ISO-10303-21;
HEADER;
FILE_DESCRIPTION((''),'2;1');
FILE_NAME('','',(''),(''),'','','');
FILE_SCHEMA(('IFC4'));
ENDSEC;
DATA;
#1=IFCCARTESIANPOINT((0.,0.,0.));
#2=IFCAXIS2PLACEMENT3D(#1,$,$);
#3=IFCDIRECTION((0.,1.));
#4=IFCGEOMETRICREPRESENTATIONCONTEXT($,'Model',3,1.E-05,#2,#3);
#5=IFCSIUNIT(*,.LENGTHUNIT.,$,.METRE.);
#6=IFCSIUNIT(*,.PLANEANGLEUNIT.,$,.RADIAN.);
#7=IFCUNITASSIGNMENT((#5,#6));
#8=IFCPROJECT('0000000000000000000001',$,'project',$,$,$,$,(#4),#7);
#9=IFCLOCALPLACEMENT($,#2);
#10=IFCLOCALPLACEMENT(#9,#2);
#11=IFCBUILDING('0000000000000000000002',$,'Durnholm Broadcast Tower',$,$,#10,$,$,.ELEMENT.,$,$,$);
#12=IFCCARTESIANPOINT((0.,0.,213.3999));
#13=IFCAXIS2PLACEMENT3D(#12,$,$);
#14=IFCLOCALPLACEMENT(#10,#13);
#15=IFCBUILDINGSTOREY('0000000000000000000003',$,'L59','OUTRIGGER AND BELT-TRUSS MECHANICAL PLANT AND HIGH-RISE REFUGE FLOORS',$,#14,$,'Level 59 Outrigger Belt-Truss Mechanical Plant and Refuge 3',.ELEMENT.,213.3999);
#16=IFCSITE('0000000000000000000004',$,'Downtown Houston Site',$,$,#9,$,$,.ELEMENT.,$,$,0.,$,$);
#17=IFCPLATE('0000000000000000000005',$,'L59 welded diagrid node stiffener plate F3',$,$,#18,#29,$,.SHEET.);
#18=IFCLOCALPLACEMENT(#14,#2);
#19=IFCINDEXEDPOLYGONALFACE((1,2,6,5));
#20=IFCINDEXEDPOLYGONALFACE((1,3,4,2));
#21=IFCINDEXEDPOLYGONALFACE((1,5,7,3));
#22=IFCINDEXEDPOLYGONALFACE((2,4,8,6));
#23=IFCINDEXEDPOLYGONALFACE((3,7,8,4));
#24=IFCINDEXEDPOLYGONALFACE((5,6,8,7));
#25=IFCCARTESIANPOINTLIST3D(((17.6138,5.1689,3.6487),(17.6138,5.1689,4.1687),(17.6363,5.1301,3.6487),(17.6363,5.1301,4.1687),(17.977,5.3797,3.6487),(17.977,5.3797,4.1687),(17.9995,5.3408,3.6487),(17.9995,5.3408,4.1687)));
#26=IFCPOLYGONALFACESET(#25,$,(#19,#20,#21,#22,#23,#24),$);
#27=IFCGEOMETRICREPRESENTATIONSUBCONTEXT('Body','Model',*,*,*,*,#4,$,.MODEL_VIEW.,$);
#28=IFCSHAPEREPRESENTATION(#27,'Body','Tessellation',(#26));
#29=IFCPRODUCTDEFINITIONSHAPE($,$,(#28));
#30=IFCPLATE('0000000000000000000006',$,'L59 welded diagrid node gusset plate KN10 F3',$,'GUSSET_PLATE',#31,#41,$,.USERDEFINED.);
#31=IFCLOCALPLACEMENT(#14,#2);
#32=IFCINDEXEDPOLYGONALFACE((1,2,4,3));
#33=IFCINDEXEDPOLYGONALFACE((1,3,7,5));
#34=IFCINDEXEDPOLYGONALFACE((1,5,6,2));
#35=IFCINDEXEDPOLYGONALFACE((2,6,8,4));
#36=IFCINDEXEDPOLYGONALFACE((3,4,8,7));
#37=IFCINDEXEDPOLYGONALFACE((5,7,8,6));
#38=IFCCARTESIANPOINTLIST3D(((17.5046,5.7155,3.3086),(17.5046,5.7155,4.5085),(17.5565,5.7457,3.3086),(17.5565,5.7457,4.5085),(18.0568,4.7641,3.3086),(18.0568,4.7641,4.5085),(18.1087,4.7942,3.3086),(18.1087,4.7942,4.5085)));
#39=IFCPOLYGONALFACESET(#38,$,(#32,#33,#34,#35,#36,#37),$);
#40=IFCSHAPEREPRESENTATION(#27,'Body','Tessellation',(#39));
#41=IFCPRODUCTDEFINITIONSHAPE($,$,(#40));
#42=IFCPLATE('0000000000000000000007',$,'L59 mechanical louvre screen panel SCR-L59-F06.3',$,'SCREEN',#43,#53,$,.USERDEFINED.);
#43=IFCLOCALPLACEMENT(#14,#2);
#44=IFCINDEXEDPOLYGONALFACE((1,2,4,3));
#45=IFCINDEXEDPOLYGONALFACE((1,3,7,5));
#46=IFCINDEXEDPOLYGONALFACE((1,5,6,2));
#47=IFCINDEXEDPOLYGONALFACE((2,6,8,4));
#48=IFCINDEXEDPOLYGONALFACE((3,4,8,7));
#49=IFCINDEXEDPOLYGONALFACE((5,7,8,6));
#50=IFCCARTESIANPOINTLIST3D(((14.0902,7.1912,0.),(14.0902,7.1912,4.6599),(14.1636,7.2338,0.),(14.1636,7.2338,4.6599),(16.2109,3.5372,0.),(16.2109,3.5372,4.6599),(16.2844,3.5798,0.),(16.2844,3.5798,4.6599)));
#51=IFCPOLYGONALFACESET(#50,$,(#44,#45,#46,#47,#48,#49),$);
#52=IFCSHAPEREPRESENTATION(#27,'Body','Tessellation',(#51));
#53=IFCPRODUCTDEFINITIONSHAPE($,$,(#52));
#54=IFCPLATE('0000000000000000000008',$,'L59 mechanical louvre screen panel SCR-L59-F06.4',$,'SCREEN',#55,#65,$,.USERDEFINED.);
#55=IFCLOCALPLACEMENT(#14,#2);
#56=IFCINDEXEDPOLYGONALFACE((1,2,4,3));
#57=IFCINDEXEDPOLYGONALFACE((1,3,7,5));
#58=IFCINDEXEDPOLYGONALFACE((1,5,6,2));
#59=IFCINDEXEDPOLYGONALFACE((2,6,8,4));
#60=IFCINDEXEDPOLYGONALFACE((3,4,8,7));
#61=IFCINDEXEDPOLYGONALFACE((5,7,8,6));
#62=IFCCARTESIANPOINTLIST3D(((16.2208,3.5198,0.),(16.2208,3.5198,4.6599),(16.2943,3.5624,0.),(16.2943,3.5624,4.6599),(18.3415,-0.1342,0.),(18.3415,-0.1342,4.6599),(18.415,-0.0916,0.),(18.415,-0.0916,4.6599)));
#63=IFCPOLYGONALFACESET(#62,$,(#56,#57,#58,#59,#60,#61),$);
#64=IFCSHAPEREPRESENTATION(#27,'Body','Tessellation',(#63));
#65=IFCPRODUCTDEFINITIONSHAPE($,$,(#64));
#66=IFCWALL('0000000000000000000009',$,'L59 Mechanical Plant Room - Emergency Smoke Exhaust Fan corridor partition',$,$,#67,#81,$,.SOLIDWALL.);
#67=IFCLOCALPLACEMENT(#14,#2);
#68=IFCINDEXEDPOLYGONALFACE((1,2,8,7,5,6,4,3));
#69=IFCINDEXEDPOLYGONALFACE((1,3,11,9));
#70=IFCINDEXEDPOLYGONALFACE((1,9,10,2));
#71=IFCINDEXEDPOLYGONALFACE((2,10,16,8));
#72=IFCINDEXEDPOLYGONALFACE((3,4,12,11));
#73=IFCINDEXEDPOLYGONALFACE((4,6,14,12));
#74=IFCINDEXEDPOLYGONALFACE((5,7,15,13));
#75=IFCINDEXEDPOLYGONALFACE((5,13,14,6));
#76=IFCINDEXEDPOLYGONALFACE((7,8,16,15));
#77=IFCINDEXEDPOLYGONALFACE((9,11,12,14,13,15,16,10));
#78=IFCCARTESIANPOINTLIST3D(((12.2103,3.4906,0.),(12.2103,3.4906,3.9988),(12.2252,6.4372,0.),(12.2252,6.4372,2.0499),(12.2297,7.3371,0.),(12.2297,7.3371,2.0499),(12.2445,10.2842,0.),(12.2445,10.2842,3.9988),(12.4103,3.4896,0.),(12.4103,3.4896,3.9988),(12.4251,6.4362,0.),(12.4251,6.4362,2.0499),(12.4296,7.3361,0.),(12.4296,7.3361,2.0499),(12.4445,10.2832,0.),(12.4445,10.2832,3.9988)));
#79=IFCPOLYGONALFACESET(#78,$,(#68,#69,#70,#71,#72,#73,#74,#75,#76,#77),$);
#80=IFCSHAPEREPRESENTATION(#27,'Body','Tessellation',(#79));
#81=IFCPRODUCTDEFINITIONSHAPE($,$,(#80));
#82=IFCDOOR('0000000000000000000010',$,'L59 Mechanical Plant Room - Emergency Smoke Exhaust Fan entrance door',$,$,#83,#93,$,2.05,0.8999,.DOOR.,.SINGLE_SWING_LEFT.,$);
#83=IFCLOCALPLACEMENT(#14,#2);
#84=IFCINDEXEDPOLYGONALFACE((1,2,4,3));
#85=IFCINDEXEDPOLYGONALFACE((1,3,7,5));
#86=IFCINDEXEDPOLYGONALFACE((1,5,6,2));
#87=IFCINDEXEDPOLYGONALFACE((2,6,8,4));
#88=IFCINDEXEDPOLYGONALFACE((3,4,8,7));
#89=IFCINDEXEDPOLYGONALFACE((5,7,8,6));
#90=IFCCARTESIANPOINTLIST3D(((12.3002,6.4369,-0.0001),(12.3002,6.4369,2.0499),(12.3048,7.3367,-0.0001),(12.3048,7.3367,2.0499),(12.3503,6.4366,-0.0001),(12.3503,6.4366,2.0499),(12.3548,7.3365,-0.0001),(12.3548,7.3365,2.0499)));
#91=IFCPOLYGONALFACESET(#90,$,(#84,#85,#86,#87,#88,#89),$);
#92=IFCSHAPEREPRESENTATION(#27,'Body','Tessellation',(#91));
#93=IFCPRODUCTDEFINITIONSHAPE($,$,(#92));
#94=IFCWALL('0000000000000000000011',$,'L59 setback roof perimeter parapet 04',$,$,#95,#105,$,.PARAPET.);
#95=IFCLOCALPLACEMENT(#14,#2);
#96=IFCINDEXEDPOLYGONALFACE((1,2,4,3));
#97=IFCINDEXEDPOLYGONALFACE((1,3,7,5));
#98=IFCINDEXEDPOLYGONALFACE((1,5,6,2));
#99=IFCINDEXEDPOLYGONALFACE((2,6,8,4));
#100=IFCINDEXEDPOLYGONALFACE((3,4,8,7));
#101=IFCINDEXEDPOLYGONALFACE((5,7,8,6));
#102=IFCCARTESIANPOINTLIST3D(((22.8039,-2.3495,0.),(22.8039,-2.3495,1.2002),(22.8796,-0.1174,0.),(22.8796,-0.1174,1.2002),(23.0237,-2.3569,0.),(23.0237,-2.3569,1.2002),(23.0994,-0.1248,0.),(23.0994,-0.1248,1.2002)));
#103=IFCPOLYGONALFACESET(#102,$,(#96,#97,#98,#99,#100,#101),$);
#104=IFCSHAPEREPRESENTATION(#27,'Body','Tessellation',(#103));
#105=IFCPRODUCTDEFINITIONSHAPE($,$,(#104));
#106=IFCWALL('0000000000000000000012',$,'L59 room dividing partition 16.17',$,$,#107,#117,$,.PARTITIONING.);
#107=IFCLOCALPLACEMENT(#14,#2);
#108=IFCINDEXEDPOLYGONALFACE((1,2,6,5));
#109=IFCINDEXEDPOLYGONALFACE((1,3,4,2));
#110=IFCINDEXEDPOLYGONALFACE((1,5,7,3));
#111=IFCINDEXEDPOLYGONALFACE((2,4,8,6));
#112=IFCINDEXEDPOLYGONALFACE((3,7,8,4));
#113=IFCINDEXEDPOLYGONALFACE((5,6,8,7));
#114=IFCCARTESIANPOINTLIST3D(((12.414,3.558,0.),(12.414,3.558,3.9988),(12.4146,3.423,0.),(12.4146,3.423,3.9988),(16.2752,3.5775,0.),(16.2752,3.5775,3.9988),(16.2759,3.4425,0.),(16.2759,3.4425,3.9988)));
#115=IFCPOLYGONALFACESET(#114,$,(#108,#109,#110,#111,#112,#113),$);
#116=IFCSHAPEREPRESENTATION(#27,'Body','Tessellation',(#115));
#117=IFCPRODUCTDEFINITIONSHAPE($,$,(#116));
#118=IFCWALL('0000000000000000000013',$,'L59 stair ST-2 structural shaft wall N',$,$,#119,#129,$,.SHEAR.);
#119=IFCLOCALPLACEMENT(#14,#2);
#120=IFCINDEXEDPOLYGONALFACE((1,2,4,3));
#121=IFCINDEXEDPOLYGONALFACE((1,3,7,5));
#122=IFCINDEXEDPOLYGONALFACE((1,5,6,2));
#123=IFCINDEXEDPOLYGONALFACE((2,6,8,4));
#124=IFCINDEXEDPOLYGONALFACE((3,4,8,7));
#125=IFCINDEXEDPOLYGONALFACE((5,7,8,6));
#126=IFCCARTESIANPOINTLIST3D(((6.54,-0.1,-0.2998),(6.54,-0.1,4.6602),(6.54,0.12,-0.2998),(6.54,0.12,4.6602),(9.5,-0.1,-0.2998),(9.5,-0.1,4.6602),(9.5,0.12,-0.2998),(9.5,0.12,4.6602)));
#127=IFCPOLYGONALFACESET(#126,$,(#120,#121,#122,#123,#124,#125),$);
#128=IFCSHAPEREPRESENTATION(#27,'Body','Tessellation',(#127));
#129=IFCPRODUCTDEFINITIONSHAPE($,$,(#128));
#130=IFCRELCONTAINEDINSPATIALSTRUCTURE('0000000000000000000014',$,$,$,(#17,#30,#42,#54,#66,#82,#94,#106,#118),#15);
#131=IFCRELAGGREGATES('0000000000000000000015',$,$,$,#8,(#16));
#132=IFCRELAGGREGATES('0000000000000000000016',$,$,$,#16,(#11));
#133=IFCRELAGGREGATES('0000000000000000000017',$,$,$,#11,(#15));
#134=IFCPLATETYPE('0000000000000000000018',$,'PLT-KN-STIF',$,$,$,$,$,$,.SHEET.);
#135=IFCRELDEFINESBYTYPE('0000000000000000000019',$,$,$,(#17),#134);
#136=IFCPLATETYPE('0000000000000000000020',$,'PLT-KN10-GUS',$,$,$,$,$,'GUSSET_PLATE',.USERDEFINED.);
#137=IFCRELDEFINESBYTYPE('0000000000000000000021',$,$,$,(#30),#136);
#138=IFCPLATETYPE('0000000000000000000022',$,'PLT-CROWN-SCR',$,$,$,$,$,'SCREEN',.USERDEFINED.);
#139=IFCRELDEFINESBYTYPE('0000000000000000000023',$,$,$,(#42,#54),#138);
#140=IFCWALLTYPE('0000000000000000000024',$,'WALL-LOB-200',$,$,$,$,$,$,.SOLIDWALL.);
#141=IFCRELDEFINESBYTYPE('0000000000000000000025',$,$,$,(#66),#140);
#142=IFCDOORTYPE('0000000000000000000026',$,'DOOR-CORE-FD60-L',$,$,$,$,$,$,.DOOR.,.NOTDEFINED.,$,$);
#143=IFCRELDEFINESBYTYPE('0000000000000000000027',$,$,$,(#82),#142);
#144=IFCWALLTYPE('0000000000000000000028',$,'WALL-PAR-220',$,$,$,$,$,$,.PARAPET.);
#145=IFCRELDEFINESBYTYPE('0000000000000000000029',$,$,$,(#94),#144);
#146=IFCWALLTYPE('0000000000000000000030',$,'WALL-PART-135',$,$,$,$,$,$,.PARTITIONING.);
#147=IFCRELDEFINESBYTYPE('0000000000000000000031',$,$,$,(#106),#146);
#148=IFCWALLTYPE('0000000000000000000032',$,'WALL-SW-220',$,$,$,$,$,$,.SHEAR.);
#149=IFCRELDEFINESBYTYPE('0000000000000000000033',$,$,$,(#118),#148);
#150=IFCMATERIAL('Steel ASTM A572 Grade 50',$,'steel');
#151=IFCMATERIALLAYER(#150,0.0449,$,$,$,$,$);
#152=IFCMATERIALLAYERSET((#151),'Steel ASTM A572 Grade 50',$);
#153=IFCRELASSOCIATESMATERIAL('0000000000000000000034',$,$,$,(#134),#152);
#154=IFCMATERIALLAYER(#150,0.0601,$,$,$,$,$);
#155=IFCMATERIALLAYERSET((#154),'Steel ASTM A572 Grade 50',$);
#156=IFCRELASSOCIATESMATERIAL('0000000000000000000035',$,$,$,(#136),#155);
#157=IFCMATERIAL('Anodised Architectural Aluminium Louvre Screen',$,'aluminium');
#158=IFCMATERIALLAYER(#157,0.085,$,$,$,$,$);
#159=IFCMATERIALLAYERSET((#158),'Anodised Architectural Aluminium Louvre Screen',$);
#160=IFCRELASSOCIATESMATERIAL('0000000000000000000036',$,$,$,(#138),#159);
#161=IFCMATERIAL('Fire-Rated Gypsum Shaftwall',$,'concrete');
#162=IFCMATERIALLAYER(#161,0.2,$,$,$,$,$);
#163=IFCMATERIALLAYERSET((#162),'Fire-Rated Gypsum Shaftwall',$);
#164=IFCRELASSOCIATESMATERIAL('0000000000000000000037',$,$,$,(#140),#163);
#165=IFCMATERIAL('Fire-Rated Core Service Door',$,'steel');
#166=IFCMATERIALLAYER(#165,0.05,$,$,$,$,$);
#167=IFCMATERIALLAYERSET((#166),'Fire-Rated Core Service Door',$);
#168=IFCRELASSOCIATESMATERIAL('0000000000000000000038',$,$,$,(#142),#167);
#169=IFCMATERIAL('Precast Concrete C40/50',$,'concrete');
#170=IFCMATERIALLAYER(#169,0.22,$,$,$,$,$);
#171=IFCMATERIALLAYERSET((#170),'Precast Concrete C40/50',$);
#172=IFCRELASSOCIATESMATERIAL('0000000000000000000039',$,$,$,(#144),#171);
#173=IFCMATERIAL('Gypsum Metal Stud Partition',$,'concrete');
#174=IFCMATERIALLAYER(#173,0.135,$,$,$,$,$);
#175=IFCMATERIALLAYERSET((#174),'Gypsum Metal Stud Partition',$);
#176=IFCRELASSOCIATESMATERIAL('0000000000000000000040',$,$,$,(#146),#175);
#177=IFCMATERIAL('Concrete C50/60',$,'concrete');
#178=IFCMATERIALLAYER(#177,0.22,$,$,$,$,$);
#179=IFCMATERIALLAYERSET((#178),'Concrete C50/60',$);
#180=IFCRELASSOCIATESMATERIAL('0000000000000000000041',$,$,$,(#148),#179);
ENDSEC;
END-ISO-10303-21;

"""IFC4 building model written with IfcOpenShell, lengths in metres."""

from ifc_helpers import new_model, si_unit, direction, frame, frame_2d, origin, origin_2d, place, context, subcontext, project, spatial, rectangle, extrude, source, transform, mapped, material, layer, layer_set, type_object, type_shapes, element, fill, save


model = new_model("IFC4")

# Units and contexts
model_context = context("Model", 3, precision=1e-05, world=origin(), true_north=direction((0.0, 1.0)))
body_context = subcontext(model_context, "Body", "Model", "MODEL_VIEW")
ifc_project = project(units=[si_unit("LENGTHUNIT", "METRE"), si_unit("PLANEANGLEUNIT", "RADIAN")], contexts=[model_context])

# Site, building, storey
site_placement = place(None, origin())
site = spatial("IfcSite", under=ifc_project, at=site_placement, Name="Downtown Houston Site", CompositionType="ELEMENT", RefElevation=0.0)
building_placement = place(site_placement, origin())
building = spatial("IfcBuilding", under=site, at=building_placement, Name="Durnholm Broadcast Tower", CompositionType="ELEMENT")
storey_placement = place(building_placement, frame((0.0, 0.0, 213.3999)))
storey = spatial("IfcBuildingStorey", under=building, at=storey_placement, Name="L59", Description="OUTRIGGER AND BELT-TRUSS MECHANICAL PLANT AND HIGH-RISE REFUGE FLOORS", LongName="Level 59 Outrigger Belt-Truss Mechanical Plant and Refuge 3", CompositionType="ELEMENT", Elevation=213.3999)

# Plates
ifc_material_1 = material(Name="Steel ASTM A572 Grade 50", Category="steel")
ifc_layer_1 = layer(ifc_material_1, 0.0449)
ifc_layer_set_1 = layer_set([ifc_layer_1], Name="Steel ASTM A572 Grade 50")
plate_type_1 = type_object("IfcPlateType", Name="PLT-KN-STIF", PredefinedType="SHEET", material=ifc_layer_set_1)
shared_shape_1 = source(origin(), body_context, "Body", "SweptSolid", [
    extrude(rectangle(XDim=0.0449, YDim=0.4199, at=origin_2d()), origin(), (0.0, 0.0, 1.0), 0.52),
])
type_shapes(plate_type_1, [shared_shape_1])
plate_1_placement = place(storey_placement, frame((17.8066, 5.2549, 3.6487), z_axis=(0.0, 0.0, 1.0), x_axis=(-0.501964, 0.864889, 0.0)))
element("IfcPlate", 1, at=plate_1_placement, inside=storey, type_object=plate_type_1, Name="L59 welded diagrid node stiffener plate F3", PredefinedType="SHEET", context=body_context, shape_type="MappedRepresentation", body=[
    mapped(shared_shape_1, transform((0.0, 0.0, 0.0), x_axis=(1.0, 0.0, 0.0), y_axis=(0.0, 1.0, 0.0), z_axis=(0.0, 0.0, 1.0), scale=1.0)),
])
ifc_layer_2 = layer(ifc_material_1, 0.0601)
ifc_layer_set_2 = layer_set([ifc_layer_2], Name="Steel ASTM A572 Grade 50")
plate_type_2 = type_object("IfcPlateType", Name="PLT-KN10-GUS", ElementType="GUSSET_PLATE", PredefinedType="USERDEFINED", material=ifc_layer_set_2)
shared_shape_2 = source(origin(), body_context, "Body", "SweptSolid", [
    extrude(rectangle(XDim=1.1001, YDim=0.0601, at=origin_2d()), origin(), (0.0, 0.0, 1.0), 1.2),
])
type_shapes(plate_type_2, [shared_shape_2])
plate_2_placement = place(storey_placement, frame((17.8066, 5.2549, 3.3086), z_axis=(0.0, 0.0, 1.0), x_axis=(-0.501964, 0.864889, 0.0)))
element("IfcPlate", 2, at=plate_2_placement, inside=storey, type_object=plate_type_2, Name="L59 welded diagrid node gusset plate KN10 F3", ObjectType="GUSSET_PLATE", PredefinedType="USERDEFINED", context=body_context, shape_type="MappedRepresentation", body=[
    mapped(shared_shape_2, transform((0.0, 0.0, 0.0), x_axis=(1.0, 0.0, 0.0), y_axis=(0.0, 1.0, 0.0), z_axis=(0.0, 0.0, 1.0), scale=1.0)),
])
ifc_material_2 = material(Name="Anodised Architectural Aluminium Louvre Screen", Category="aluminium")
ifc_layer_3 = layer(ifc_material_2, 0.085)
ifc_layer_set_3 = layer_set([ifc_layer_3], Name="Anodised Architectural Aluminium Louvre Screen")
plate_type_3 = type_object("IfcPlateType", Name="PLT-CROWN-SCR", ElementType="SCREEN", PredefinedType="USERDEFINED", material=ifc_layer_set_3)
shared_shape_3 = source(origin(), body_context, "Body", "SweptSolid", [
    extrude(rectangle(XDim=4.2249, YDim=0.085, at=origin_2d()), origin(), (0.0, 0.0, 1.0), 4.6599),
])
type_shapes(plate_type_3, [shared_shape_3])
for number, where, z_axis, x_axis, name in (
    (3, (15.1873, 5.3855, 0.0), (0.0, 0.0, 1.0), (0.501964, -0.864889, 0.0), "L59 mechanical louvre screen panel SCR-L59-F06.3"),
    (4, (17.3179, 1.7141, 0.0), (0.0, 0.0, 1.0), (0.501964, -0.864889, 0.0), "L59 mechanical louvre screen panel SCR-L59-F06.4"),
):
    element("IfcPlate", number, at=place(storey_placement, frame(where, z_axis=z_axis, x_axis=x_axis)), inside=storey, type_object=plate_type_3, Name=name, ObjectType="SCREEN", PredefinedType="USERDEFINED", context=body_context, shape_type="MappedRepresentation", body=[
        mapped(shared_shape_3, transform((0.0, 0.0, 0.0), x_axis=(1.0, 0.0, 0.0), y_axis=(0.0, 1.0, 0.0), z_axis=(0.0, 0.0, 1.0), scale=1.0)),
    ])

# Wall, opening, door
ifc_material_3 = material(Name="Fire-Rated Gypsum Shaftwall", Category="concrete")
ifc_layer_4 = layer(ifc_material_3, 0.2)
ifc_layer_set_4 = layer_set([ifc_layer_4], Name="Fire-Rated Gypsum Shaftwall")
wall_type_1 = type_object("IfcWallType", Name="WALL-LOB-200", PredefinedType="SOLIDWALL", material=ifc_layer_set_4)
wall_1_placement = place(storey_placement, frame((12.3103, 3.49, 0.0), z_axis=(0.0, 0.0, 1.0), x_axis=(0.005031, 0.999987, 0.0)))
wall_1 = element("IfcWall", 5, at=wall_1_placement, inside=storey, type_object=wall_type_1, Name="L59 Mechanical Plant Room - Emergency Smoke Exhaust Fan corridor partition", PredefinedType="SOLIDWALL", context=body_context, shape_type="SweptSolid", body=[
    extrude(rectangle(XDim=6.7937, YDim=0.2, at=frame_2d((3.397, 0.0))), origin(), (0.0, 0.0, 1.0), 3.9988),
])
opening_placement = place(wall_1_placement, frame((2.9468, 0.0, 0.0)))
opening = element("IfcOpeningElement", 6, at=opening_placement, cuts=wall_1, PredefinedType="OPENING", context=body_context, shape_type="SweptSolid", body=[
    extrude(rectangle(XDim=0.8999, YDim=2.05, at=frame_2d((0.45, 1.0249))), frame((0.0, 0.1099, 0.0), z_axis=(0.0, -1.0, 0.0), x_axis=(1.0, 0.0, 0.0)), (0.0, 0.0, 1.0), 0.22),
])
ifc_material_4 = material(Name="Fire-Rated Core Service Door", Category="steel")
ifc_layer_5 = layer(ifc_material_4, 0.05)
ifc_layer_set_5 = layer_set([ifc_layer_5], Name="Fire-Rated Core Service Door")
door_type = type_object("IfcDoorType", Name="DOOR-CORE-FD60-L", OperationType="NOTDEFINED", PredefinedType="DOOR", material=ifc_layer_set_5)
shared_shape_4 = source(origin(), body_context, "Body", "SweptSolid", [
    extrude(rectangle(XDim=0.8999, YDim=2.05, at=frame_2d((0.45, 1.0249))), frame((0.0, 0.0249, 0.0), z_axis=(0.0, -1.0, 0.0), x_axis=(1.0, 0.0, 0.0)), (0.0, 0.0, 1.0), 0.05),
])
type_shapes(door_type, [shared_shape_4])
door_placement = place(opening_placement, origin())
door = element("IfcDoor", 7, at=door_placement, inside=storey, type_object=door_type, Name="L59 Mechanical Plant Room - Emergency Smoke Exhaust Fan entrance door", OperationType="SINGLE_SWING_LEFT", OverallHeight=2.05, OverallWidth=0.8999, PredefinedType="DOOR", context=body_context, shape_type="MappedRepresentation", body=[
    mapped(shared_shape_4, transform((0.0, 0.0, 0.0), x_axis=(1.0, 0.0, 0.0), y_axis=(0.0, 1.0, 0.0), z_axis=(0.0, 0.0, 1.0), scale=1.0)),
])
fill(opening, door)

# Walls
ifc_material_5 = material(Name="Precast Concrete C40/50", Category="concrete")
ifc_layer_6 = layer(ifc_material_5, 0.22)
ifc_layer_set_6 = layer_set([ifc_layer_6], Name="Precast Concrete C40/50")
wall_type_2 = type_object("IfcWallType", Name="WALL-PAR-220", PredefinedType="PARAPET", material=ifc_layer_set_6)
wall_2_placement = place(storey_placement, frame((22.9895, -0.1211, 0.0), z_axis=(0.0, 0.0, 1.0), x_axis=(-0.033886, -0.999426, 0.0)))
element("IfcWall", 8, at=wall_2_placement, inside=storey, type_object=wall_type_2, Name="L59 setback roof perimeter parapet 04", PredefinedType="PARAPET", context=body_context, shape_type="SweptSolid", body=[
    extrude(rectangle(XDim=2.2334, YDim=0.22, at=frame_2d((1.1167, 0.0))), origin(), (0.0, 0.0, 1.0), 1.2002),
])
ifc_material_6 = material(Name="Gypsum Metal Stud Partition", Category="concrete")
ifc_layer_7 = layer(ifc_material_6, 0.135)
ifc_layer_set_7 = layer_set([ifc_layer_7], Name="Gypsum Metal Stud Partition")
wall_type_3 = type_object("IfcWallType", Name="WALL-PART-135", PredefinedType="PARTITIONING", material=ifc_layer_set_7)
wall_3_placement = place(storey_placement, frame((12.4143, 3.4905, 0.0), z_axis=(0.0, 0.0, 1.0), x_axis=(0.999987, 0.005058, 0.0)))
element("IfcWall", 9, at=wall_3_placement, inside=storey, type_object=wall_type_3, Name="L59 room dividing partition 16.17", PredefinedType="PARTITIONING", context=body_context, shape_type="SweptSolid", body=[
    extrude(rectangle(XDim=3.8613, YDim=0.135, at=frame_2d((1.9307, 0.0))), origin(), (0.0, 0.0, 1.0), 3.9988),
])
ifc_material_7 = material(Name="Concrete C50/60", Category="concrete")
ifc_layer_8 = layer(ifc_material_7, 0.22)
ifc_layer_set_8 = layer_set([ifc_layer_8], Name="Concrete C50/60")
wall_type_4 = type_object("IfcWallType", Name="WALL-SW-220", PredefinedType="SHEAR", material=ifc_layer_set_8)
wall_4_placement = place(storey_placement, frame((9.5, 0.01, -0.2998), z_axis=(0.0, 0.0, 1.0), x_axis=(-1.0, 0.0, 0.0)))
element("IfcWall", 10, at=wall_4_placement, inside=storey, type_object=wall_type_4, Name="L59 stair ST-2 structural shaft wall N", PredefinedType="SHEAR", context=body_context, shape_type="SweptSolid", body=[
    extrude(rectangle(XDim=2.96, YDim=0.22, at=frame_2d((1.48, 0.0))), origin(), (0.0, 0.0, 1.0), 4.96),
])

save(model, "model.ifc")
